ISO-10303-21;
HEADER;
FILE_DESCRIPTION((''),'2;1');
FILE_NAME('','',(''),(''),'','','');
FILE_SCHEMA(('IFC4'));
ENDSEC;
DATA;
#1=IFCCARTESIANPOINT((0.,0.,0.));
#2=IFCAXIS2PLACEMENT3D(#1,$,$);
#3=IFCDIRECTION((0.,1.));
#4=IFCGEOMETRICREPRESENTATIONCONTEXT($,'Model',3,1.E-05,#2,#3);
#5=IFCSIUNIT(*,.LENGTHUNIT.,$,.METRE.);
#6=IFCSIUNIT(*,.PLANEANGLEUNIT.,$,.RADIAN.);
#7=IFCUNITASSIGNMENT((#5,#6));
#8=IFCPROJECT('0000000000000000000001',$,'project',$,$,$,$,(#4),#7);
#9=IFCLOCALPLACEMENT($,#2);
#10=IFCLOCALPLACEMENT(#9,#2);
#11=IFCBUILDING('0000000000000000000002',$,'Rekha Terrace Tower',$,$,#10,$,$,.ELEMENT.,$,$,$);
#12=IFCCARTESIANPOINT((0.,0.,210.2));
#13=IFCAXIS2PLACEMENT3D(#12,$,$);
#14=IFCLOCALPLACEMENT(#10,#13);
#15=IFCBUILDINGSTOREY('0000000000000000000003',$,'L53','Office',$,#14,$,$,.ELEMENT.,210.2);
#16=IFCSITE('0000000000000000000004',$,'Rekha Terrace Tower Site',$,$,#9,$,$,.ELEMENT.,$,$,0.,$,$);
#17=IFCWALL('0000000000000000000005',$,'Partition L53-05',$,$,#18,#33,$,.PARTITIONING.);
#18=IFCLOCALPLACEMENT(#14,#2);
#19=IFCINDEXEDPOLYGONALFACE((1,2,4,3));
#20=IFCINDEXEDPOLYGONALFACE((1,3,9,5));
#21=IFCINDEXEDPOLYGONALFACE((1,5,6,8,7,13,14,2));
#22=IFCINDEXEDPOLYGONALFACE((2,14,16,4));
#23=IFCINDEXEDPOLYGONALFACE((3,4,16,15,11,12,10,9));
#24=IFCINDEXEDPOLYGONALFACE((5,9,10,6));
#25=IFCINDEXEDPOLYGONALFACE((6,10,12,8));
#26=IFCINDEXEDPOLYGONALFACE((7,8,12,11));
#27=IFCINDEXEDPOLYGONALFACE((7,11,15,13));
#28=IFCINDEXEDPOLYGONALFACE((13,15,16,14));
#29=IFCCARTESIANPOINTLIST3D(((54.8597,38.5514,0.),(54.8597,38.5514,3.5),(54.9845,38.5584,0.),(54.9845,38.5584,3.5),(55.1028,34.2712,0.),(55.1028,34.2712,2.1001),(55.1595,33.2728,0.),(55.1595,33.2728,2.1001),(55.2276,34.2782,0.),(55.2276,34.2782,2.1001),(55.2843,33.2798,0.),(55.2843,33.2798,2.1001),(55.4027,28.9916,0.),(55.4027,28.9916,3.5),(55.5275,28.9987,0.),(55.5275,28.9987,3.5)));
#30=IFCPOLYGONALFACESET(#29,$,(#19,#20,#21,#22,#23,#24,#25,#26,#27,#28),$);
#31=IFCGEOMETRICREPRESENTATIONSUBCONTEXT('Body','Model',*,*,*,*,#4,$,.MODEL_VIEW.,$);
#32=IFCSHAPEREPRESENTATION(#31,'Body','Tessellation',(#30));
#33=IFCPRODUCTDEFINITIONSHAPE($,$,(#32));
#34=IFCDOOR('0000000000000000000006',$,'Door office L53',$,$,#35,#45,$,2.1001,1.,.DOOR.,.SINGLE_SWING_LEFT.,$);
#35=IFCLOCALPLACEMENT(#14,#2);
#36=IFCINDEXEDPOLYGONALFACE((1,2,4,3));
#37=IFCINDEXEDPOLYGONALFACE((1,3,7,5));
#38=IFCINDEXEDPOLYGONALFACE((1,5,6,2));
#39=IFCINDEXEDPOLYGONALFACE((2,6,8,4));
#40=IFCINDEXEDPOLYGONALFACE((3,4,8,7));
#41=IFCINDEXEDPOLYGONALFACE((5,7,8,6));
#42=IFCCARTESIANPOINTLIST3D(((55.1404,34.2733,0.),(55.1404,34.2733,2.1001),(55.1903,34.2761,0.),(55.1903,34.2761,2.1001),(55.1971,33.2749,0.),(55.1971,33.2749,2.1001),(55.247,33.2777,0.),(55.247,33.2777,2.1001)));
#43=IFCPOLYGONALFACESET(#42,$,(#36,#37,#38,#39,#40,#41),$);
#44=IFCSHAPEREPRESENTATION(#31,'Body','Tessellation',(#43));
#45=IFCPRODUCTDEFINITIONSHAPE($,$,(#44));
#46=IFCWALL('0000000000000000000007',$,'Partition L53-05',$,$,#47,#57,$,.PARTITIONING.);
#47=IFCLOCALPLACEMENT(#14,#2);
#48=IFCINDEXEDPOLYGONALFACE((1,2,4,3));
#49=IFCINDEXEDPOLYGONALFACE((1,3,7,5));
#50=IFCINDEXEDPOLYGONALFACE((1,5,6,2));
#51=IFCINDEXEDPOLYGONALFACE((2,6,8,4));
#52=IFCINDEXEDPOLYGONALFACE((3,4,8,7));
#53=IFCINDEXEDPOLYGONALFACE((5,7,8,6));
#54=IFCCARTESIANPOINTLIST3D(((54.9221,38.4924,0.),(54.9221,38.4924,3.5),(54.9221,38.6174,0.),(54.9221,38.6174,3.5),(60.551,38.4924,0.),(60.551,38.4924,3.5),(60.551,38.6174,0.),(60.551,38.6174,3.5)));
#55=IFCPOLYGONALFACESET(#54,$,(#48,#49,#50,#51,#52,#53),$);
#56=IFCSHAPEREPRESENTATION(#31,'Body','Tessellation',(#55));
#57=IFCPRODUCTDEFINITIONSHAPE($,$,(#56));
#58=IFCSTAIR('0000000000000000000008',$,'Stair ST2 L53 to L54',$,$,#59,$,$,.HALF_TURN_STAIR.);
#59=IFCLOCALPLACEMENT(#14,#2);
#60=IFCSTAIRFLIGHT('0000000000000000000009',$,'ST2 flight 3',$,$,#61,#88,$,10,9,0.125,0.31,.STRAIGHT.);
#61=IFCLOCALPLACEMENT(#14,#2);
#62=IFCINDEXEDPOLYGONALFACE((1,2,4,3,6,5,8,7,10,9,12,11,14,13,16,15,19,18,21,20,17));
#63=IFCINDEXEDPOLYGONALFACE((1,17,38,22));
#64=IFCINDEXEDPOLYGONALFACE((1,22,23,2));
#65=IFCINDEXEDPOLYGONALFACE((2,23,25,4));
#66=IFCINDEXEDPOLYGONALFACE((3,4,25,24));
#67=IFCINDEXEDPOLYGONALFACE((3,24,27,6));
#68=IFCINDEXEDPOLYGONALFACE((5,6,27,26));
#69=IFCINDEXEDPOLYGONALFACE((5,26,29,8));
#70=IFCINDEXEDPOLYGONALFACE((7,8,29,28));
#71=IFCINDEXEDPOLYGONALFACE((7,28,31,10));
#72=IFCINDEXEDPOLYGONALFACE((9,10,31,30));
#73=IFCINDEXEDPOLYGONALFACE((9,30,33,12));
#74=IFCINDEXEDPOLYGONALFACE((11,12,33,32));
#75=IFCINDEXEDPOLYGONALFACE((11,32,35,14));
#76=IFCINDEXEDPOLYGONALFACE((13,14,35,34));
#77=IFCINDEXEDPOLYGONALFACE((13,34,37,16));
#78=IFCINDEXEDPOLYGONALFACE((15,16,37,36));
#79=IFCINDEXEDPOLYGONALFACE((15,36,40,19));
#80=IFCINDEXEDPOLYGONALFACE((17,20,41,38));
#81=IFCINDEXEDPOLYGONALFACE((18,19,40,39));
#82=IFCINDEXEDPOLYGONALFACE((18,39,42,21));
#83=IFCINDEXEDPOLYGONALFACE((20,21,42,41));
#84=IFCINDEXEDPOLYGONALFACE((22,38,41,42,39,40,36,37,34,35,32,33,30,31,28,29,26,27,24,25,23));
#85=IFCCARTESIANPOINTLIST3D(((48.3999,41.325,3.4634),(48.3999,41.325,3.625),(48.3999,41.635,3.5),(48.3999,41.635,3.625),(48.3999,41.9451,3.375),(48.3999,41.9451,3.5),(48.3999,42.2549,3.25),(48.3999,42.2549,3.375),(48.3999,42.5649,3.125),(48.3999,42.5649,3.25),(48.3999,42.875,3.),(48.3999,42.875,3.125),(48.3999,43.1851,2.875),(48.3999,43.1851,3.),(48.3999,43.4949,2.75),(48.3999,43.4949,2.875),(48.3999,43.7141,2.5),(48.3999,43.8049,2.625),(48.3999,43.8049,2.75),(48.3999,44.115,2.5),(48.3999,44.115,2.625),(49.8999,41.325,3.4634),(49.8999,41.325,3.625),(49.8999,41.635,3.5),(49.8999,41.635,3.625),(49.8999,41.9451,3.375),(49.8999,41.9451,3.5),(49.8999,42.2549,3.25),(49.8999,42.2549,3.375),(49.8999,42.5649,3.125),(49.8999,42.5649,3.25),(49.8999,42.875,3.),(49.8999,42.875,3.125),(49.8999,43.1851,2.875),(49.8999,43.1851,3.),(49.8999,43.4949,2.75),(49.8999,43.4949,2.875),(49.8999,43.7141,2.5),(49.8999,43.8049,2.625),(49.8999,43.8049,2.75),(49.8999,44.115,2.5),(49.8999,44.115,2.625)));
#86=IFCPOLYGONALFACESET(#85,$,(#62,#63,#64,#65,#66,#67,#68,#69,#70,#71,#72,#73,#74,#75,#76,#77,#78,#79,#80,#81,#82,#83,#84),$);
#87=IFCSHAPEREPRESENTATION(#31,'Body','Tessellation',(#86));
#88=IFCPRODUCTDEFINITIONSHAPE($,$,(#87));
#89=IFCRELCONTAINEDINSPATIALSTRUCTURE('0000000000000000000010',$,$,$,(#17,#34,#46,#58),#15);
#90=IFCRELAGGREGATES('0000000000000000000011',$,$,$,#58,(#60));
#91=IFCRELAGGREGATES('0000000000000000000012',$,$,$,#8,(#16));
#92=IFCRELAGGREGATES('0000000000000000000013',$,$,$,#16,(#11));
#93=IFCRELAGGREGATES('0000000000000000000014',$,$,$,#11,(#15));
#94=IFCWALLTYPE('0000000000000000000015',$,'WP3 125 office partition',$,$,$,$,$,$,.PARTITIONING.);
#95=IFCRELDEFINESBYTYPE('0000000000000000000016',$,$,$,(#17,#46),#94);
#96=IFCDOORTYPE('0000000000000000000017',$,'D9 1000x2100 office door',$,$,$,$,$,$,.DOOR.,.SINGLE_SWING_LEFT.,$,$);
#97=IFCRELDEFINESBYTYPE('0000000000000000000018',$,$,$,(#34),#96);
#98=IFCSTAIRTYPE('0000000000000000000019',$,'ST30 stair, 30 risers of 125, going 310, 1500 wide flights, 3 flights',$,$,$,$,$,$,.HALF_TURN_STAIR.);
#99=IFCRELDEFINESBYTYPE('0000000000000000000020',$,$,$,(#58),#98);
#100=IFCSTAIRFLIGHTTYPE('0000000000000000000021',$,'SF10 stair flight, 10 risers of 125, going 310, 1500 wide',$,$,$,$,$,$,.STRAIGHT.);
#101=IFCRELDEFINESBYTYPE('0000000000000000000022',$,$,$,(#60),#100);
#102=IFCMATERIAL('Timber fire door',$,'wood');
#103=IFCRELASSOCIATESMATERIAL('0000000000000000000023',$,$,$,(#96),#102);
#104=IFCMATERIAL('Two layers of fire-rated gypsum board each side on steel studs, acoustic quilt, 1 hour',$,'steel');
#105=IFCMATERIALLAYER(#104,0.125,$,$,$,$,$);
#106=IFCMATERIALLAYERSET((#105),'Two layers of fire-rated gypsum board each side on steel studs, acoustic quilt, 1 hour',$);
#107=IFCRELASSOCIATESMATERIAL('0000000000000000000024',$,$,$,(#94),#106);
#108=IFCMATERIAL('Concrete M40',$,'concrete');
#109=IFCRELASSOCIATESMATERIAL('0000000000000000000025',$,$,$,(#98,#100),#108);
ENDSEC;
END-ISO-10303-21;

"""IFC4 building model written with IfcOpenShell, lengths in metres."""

from ifc_helpers import new_model, si_unit, direction, frame, frame_2d, origin, place, context, subcontext, project, spatial, polyline, rectangle, outline, extrude, material, layer, layer_set, type_object, element, fill, aggregate, save


model = new_model("IFC4")

# Units and contexts
model_context = context("Model", 3, precision=1e-05, world=origin(), true_north=direction((0.0, 1.0)))
body_context = subcontext(model_context, "Body", "Model", "MODEL_VIEW")
ifc_project = project(units=[si_unit("LENGTHUNIT", "METRE"), si_unit("PLANEANGLEUNIT", "RADIAN")], contexts=[model_context])

# Site, building, storey
site_placement = place(None, origin())
site = spatial("IfcSite", under=ifc_project, at=site_placement, Name="Rekha Terrace Tower Site", CompositionType="ELEMENT", RefElevation=0.0)
building_placement = place(site_placement, origin())
building = spatial("IfcBuilding", under=site, at=building_placement, Name="Rekha Terrace Tower", CompositionType="ELEMENT")
storey_placement = place(building_placement, frame((0.0, 0.0, 210.2)))
storey = spatial("IfcBuildingStorey", under=building, at=storey_placement, Name="L53", Description="Office", CompositionType="ELEMENT", Elevation=210.2)

# Shared definitions
ifc_material_1 = material(Name="Timber fire door", Category="wood")
door_type = type_object("IfcDoorType", Name="D9 1000x2100 office door", OperationType="SINGLE_SWING_LEFT", PredefinedType="DOOR", material=ifc_material_1)

# Shared definitions
ifc_material_2 = material(Name="Two layers of fire-rated gypsum board each side on steel studs, acoustic quilt, 1 hour", Category="steel")
ifc_layer_1 = layer(ifc_material_2, 0.125)
ifc_layer_set_1 = layer_set([ifc_layer_1], Name="Two layers of fire-rated gypsum board each side on steel studs, acoustic quilt, 1 hour")
wall_type_1 = type_object("IfcWallType", Name="WP3 125 office partition", PredefinedType="PARTITIONING", material=ifc_layer_set_1)

# Wall, opening, door
wall_1_placement = place(storey_placement, frame((55.4651, 28.9951, 0.0), z_axis=(0.0, 0.0, 1.0), x_axis=(-0.056706, 0.998391, 0.0)))
wall_1 = element("IfcWall", 1, at=wall_1_placement, inside=storey, type_object=wall_type_1, Name="Partition L53-05", PredefinedType="PARTITIONING", context=body_context, shape_type="SweptSolid", body=[
    extrude(rectangle(XDim=9.5752, YDim=0.125, at=frame_2d((4.7876, 0.0))), origin(), (0.0, 0.0, 1.0), 3.5),
])
opening_1_placement = place(wall_1_placement, frame((4.2881, 0.0, 0.0)))
opening_1 = element("IfcOpeningElement", 2, at=opening_1_placement, cuts=wall_1, PredefinedType="OPENING", context=body_context, shape_type="SweptSolid", body=[
    extrude(rectangle(XDim=1.0, YDim=2.1001, at=frame_2d((0.5, 1.05))), frame((0.0, 0.0725, 0.0), z_axis=(0.0, -1.0, 0.0), x_axis=(1.0, 0.0, 0.0)), (0.0, 0.0, 1.0), 0.145),
])
door_1_placement = place(opening_1_placement, origin())
door_1 = element("IfcDoor", 3, at=door_1_placement, inside=storey, type_object=door_type, Name="Door office L53", OperationType="SINGLE_SWING_LEFT", OverallHeight=2.1001, OverallWidth=1.0, PredefinedType="DOOR", context=body_context, shape_type="SweptSolid", body=[
    extrude(rectangle(XDim=1.0, YDim=2.1001, at=frame_2d((0.5, 1.05))), frame((0.0, 0.0249, 0.0), z_axis=(0.0, -1.0, 0.0), x_axis=(1.0, 0.0, 0.0)), (0.0, 0.0, 1.0), 0.05),
])
fill(opening_1, door_1)

# Wall
wall_2_placement = place(storey_placement, frame((54.9221, 38.5549, 0.0), z_axis=(0.0, 0.0, 1.0), x_axis=(1.0, 0.0, 0.0)))
element("IfcWall", 4, at=wall_2_placement, inside=storey, type_object=wall_type_1, Name="Partition L53-05", PredefinedType="PARTITIONING", context=body_context, shape_type="SweptSolid", body=[
    extrude(rectangle(XDim=5.6289, YDim=0.125, at=frame_2d((2.8145, 0.0))), origin(), (0.0, 0.0, 1.0), 3.5),
])

# Stair, stair flight
ifc_material_3 = material(Name="Concrete M40", Category="concrete")
stair_type = type_object("IfcStairType", Name="ST30 stair, 30 risers of 125, going 310, 1500 wide flights, 3 flights", PredefinedType="HALF_TURN_STAIR", material=ifc_material_3)
stair_placement = place(storey_placement, origin())
stair = element("IfcStair", 5, at=stair_placement, inside=storey, type_object=stair_type, Name="Stair ST2 L53 to L54", PredefinedType="HALF_TURN_STAIR")
stair_flight_type = type_object("IfcStairFlightType", Name="SF10 stair flight, 10 risers of 125, going 310, 1500 wide", PredefinedType="STRAIGHT", material=ifc_material_3)
stair_flight_placement = place(storey_placement, frame((49.1499, 44.115, 2.5), z_axis=(0.0, 0.0, 1.0), x_axis=(0.0, -1.0, 0.0)))
stair_flight = element("IfcStairFlight", 6, at=stair_flight_placement, type_object=stair_flight_type, Name="ST2 flight 3", NumberOfRisers=10, NumberOfTreads=9, PredefinedType="STRAIGHT", RiserHeight=0.125, TreadLength=0.31, context=body_context, shape_type="SweptSolid", body=[
    extrude(outline(polyline([(0.0, 0.0), (0.0, 0.125), (0.3101, 0.125), (0.3101, 0.25), (0.6201, 0.25), (0.6201, 0.375), (0.9299, 0.375), (0.9299, 0.5), (1.24, 0.5), (1.24, 0.625), (1.55, 0.625), (1.55, 0.75), (1.8601, 0.75), (1.8601, 0.875), (2.1699, 0.875), (2.1699, 1.0), (2.48, 1.0), (2.48, 1.125), (2.79, 1.125), (2.79, 1.25), (2.79, 0.9634), (0.4009, 0.0), (0.0, 0.0)])), frame((0.0, 0.75, 0.0), z_axis=(0.0, -1.0, 0.0), x_axis=(1.0, 0.0, 0.0)), (0.0, 0.0, 1.0), 1.5),
])
aggregate(stair, [stair_flight])

save(model, "model.ifc")
